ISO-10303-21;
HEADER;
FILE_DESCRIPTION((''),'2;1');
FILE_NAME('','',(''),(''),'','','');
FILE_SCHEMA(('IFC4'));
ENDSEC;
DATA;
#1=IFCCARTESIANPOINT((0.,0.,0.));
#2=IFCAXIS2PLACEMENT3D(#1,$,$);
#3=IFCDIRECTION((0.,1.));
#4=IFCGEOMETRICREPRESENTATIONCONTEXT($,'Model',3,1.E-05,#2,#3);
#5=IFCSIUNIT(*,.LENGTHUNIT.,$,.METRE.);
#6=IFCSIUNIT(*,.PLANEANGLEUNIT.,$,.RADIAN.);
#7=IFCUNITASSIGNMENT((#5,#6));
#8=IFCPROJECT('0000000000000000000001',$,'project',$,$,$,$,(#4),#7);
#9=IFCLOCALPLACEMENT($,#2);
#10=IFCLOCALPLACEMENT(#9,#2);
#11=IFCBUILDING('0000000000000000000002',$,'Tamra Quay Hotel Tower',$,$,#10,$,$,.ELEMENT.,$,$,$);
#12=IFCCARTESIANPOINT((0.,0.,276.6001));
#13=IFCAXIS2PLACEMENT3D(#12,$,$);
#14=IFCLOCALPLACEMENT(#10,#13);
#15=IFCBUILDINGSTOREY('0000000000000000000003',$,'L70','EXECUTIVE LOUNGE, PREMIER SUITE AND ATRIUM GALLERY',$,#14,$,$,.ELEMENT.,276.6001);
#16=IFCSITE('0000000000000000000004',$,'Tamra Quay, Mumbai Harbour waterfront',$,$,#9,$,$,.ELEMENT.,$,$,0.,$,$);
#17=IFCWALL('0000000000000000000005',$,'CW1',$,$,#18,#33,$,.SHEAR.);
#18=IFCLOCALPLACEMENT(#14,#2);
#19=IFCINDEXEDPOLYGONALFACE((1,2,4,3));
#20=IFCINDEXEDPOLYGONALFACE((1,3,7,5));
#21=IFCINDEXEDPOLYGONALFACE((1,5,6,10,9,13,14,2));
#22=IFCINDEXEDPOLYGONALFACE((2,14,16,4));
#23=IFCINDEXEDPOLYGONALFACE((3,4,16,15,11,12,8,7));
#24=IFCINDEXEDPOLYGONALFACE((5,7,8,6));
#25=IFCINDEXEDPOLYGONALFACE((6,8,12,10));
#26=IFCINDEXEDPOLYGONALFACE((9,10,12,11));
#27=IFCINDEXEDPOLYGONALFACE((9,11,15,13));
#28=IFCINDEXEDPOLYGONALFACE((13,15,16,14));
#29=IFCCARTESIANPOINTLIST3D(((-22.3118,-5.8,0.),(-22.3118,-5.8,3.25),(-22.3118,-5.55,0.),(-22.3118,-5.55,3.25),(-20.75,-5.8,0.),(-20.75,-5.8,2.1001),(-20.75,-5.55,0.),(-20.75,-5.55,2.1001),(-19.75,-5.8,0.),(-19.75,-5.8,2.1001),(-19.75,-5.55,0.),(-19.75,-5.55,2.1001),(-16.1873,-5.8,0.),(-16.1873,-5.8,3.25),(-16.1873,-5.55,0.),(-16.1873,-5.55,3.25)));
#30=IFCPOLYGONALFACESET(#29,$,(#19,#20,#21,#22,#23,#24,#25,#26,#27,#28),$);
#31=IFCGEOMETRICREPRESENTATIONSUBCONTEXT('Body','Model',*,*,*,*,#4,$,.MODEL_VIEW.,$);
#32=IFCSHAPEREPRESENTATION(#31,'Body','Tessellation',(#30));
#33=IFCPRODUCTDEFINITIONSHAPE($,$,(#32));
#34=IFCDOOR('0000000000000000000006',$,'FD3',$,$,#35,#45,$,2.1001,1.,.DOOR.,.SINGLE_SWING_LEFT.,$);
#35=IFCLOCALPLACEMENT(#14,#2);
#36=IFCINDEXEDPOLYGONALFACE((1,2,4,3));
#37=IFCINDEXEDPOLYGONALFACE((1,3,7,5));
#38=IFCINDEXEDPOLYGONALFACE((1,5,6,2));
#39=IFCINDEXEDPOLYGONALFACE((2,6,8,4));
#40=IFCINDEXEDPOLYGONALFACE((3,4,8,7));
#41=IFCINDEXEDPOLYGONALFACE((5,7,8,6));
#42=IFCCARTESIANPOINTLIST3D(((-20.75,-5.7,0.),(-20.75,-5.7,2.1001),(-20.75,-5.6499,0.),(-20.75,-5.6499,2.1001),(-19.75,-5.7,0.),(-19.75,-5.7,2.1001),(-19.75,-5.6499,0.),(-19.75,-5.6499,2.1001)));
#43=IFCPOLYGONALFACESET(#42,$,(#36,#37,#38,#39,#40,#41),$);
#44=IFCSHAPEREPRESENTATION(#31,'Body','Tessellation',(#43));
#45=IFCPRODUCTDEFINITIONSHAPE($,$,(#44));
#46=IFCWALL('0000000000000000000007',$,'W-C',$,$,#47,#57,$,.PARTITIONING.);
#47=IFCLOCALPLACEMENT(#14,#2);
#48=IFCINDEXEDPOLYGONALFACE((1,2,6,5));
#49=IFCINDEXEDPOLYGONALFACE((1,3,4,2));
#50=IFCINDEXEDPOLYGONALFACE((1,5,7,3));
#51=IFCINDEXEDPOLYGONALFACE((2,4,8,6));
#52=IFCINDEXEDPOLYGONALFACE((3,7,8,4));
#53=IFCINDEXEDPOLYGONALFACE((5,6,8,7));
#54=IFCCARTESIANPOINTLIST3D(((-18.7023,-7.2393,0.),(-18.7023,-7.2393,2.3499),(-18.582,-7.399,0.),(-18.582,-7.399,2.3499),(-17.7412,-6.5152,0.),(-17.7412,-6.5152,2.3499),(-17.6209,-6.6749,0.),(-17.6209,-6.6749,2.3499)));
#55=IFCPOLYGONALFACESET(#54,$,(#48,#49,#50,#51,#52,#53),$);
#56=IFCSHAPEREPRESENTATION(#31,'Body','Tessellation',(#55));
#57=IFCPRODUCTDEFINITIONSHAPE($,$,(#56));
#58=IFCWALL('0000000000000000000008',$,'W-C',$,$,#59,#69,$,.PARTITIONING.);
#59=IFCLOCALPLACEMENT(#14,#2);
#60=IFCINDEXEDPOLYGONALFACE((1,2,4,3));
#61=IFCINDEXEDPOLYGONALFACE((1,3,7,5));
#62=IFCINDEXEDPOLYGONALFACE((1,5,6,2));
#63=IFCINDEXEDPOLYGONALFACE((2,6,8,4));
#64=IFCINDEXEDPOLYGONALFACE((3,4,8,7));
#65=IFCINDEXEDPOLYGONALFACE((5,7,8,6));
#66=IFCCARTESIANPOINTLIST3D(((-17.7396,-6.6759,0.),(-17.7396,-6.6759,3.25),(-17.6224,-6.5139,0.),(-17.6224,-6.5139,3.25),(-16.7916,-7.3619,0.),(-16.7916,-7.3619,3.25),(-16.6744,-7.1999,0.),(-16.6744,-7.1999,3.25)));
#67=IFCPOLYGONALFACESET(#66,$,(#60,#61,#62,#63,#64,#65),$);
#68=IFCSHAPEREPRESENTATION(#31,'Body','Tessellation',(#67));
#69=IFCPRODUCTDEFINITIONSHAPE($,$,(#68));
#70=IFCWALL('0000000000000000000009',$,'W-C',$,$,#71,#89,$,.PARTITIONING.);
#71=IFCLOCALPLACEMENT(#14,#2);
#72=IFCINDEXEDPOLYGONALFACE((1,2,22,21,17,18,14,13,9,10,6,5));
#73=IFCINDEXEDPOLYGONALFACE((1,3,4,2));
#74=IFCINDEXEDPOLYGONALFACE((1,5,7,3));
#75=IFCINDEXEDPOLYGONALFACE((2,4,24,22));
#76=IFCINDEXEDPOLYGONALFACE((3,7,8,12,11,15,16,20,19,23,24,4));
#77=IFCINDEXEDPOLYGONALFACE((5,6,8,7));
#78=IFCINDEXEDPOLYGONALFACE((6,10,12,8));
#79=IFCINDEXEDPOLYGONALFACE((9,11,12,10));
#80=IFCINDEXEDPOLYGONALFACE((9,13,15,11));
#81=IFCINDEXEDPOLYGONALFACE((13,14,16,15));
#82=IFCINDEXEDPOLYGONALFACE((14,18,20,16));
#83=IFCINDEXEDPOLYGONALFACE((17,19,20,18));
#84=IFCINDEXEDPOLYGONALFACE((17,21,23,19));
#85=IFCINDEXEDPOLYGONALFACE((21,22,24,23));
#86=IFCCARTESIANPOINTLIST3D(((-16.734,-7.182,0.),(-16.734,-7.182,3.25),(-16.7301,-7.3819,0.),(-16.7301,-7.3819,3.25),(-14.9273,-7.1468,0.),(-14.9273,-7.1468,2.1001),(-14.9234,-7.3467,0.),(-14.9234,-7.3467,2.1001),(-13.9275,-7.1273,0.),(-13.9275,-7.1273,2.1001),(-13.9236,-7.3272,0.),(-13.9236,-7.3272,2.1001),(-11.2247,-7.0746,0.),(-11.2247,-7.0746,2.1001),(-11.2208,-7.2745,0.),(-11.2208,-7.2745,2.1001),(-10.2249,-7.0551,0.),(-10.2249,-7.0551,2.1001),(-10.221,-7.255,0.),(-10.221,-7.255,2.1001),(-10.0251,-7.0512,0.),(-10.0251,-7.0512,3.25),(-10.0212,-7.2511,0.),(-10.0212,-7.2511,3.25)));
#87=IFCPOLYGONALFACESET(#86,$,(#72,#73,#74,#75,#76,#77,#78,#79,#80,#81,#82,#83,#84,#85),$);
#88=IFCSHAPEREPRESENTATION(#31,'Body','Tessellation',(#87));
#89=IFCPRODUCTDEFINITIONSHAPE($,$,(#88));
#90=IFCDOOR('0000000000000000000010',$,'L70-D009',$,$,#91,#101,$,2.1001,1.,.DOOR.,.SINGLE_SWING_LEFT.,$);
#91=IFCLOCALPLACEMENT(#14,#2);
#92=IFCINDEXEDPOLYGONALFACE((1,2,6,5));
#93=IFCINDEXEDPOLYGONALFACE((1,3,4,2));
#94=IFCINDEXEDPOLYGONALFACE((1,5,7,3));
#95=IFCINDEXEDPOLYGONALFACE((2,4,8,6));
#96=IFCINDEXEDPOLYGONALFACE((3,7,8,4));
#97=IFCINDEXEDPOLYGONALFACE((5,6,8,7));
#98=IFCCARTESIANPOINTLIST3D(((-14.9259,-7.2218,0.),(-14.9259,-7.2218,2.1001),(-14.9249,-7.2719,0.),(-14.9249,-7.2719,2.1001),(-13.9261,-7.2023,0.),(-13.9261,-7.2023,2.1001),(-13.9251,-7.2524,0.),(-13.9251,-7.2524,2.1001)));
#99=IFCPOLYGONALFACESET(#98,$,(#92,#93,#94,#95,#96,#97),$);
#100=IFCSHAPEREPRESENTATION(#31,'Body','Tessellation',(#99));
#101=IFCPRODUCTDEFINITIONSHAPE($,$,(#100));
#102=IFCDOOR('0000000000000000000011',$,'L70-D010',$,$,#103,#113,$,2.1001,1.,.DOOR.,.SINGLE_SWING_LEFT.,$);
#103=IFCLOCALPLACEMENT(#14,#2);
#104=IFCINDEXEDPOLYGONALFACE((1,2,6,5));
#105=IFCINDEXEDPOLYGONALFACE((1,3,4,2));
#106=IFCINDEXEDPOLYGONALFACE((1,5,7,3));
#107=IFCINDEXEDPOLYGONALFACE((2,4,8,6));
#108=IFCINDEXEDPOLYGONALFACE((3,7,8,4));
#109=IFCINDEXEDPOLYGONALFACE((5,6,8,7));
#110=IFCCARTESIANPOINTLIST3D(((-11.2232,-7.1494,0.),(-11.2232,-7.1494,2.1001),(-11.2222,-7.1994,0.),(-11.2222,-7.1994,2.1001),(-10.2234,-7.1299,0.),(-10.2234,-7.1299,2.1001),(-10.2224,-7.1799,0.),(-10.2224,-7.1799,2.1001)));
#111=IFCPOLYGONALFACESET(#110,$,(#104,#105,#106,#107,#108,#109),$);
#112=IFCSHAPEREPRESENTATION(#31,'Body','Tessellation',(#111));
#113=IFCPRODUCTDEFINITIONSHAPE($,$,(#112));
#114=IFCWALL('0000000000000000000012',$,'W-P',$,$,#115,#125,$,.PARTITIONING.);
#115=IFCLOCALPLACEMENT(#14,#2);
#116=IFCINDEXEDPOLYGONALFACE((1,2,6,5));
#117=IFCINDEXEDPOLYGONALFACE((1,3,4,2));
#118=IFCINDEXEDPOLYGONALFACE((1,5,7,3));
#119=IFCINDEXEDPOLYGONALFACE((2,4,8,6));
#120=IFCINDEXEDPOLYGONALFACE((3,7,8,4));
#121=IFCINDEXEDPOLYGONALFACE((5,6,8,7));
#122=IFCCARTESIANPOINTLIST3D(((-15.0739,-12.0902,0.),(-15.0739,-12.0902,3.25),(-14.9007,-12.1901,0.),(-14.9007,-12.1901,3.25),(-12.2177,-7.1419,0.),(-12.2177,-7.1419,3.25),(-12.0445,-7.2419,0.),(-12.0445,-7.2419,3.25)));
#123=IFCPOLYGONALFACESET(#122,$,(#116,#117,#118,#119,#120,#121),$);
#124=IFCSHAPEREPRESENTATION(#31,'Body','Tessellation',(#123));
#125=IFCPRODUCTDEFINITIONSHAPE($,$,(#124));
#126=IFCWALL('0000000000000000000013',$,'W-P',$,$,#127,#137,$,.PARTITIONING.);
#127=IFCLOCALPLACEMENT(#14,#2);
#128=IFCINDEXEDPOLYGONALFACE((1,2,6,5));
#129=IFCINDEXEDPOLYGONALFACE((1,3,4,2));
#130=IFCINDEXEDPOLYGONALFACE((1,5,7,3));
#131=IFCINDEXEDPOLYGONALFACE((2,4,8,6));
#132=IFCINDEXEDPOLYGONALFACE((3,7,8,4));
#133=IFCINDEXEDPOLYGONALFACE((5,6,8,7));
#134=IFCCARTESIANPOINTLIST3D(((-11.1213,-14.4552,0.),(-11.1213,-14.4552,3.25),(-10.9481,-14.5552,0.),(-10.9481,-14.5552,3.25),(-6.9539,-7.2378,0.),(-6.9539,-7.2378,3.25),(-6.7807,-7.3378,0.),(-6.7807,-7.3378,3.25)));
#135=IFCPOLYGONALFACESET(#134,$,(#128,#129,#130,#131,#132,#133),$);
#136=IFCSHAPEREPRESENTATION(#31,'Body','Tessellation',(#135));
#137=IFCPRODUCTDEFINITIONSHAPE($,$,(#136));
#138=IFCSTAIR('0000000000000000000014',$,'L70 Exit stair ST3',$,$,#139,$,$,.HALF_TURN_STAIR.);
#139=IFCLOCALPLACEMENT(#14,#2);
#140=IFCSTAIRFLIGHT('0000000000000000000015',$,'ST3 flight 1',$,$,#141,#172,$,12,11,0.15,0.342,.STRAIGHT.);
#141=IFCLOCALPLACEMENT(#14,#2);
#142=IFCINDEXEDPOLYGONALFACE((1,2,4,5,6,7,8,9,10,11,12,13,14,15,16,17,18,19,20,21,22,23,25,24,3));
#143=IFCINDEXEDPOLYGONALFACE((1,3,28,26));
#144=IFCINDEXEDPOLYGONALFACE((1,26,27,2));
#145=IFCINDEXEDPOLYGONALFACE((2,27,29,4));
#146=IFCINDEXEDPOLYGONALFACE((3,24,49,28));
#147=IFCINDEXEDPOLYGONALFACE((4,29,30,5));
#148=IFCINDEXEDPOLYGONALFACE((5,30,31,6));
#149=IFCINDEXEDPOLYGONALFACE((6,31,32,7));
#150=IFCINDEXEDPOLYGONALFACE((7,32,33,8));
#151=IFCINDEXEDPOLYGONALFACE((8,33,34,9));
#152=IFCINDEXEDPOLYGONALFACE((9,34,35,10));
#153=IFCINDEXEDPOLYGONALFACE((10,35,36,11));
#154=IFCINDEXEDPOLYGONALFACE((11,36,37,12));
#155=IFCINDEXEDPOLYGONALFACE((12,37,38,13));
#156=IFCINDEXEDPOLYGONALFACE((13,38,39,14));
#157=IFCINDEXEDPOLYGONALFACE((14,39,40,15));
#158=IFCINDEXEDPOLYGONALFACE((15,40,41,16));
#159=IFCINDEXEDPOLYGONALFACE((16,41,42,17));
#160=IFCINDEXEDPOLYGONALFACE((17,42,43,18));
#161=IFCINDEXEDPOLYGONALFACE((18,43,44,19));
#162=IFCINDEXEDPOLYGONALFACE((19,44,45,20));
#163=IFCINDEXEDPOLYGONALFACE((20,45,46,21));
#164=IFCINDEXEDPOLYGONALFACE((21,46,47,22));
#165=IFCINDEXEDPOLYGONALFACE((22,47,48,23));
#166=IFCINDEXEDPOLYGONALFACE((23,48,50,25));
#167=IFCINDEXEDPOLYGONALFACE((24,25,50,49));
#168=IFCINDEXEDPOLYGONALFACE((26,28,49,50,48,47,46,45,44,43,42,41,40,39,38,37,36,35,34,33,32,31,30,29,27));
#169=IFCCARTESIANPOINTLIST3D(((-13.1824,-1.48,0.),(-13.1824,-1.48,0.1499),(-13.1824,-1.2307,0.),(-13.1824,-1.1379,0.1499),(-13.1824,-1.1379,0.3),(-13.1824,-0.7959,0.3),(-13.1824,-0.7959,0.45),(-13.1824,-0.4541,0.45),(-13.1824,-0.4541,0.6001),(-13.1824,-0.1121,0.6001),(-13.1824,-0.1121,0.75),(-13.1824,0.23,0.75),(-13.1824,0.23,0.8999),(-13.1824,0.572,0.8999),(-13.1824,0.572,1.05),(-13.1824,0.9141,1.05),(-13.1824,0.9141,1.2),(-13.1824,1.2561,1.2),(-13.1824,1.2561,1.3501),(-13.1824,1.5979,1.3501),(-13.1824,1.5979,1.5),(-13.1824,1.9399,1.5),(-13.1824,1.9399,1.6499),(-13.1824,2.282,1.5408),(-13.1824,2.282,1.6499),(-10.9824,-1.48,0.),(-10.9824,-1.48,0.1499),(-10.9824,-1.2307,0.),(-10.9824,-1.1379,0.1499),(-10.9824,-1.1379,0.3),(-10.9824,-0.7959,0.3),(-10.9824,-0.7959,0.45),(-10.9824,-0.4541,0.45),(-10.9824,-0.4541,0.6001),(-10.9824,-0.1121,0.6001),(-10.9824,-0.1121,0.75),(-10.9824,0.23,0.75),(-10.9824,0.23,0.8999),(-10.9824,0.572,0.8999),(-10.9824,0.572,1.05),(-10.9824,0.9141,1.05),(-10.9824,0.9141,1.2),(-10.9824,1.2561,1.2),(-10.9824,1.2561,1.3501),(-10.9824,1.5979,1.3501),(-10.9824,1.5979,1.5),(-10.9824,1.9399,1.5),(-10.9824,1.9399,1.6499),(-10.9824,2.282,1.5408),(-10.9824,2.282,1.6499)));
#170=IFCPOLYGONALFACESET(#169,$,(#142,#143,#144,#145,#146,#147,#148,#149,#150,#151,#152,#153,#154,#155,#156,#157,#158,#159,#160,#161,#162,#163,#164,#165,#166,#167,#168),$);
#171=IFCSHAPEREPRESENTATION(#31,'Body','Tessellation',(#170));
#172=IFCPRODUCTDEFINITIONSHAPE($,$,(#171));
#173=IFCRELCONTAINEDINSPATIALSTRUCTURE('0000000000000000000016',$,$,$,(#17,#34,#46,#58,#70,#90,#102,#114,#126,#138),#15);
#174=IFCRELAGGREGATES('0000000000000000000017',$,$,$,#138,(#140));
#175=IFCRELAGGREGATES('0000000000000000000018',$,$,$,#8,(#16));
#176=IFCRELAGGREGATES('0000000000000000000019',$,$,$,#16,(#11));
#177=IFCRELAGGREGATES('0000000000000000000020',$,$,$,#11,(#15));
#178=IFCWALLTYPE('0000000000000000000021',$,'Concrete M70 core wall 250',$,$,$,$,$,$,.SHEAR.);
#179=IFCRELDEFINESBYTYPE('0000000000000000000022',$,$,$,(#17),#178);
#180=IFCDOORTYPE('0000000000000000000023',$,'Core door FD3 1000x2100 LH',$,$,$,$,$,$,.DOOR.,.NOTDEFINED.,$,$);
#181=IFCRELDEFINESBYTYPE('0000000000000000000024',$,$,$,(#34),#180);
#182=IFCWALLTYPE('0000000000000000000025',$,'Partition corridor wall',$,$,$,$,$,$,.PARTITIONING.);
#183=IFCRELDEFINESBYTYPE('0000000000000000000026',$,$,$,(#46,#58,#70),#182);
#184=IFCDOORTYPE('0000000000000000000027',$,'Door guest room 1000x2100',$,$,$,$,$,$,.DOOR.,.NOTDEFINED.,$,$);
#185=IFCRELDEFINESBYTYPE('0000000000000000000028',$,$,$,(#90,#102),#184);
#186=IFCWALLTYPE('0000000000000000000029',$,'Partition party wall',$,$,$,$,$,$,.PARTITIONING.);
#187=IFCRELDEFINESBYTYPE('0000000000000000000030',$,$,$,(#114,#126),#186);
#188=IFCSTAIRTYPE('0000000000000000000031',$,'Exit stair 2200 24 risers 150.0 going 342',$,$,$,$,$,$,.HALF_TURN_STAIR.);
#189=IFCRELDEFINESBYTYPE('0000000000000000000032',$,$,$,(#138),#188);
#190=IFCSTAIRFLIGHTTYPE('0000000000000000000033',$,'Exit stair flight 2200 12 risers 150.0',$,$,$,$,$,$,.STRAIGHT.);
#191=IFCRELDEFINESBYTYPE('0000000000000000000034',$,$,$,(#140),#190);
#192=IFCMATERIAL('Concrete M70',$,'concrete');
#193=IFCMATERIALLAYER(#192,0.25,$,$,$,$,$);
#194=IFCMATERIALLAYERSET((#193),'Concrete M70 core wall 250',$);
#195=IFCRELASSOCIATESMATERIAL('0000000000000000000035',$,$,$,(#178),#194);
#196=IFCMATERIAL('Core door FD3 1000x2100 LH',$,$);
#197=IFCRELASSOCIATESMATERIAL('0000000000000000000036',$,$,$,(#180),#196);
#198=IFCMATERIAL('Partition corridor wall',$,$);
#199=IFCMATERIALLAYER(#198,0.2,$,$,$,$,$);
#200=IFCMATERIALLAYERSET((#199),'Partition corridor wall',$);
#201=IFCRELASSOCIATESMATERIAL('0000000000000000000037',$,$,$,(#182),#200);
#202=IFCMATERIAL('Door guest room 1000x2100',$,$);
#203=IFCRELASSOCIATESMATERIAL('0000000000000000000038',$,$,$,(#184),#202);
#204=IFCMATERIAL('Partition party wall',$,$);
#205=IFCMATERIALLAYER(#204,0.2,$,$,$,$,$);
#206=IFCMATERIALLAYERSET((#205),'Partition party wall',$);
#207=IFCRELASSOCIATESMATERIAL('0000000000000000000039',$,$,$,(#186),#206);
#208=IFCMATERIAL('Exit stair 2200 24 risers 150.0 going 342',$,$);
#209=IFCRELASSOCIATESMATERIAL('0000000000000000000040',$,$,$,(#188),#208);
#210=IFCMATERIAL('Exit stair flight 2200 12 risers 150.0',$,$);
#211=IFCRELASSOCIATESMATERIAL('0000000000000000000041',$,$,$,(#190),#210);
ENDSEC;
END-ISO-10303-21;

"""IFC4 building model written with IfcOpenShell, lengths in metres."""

from ifc_helpers import new_model, si_unit, direction, frame, frame_2d, origin, place, context, subcontext, project, spatial, polyline, rectangle, outline, extrude, material, layer, layer_set, type_object, element, fill, aggregate, save


model = new_model("IFC4")

# Units and contexts
model_context = context("Model", 3, precision=1e-05, world=origin(), true_north=direction((0.0, 1.0)))
body_context = subcontext(model_context, "Body", "Model", "MODEL_VIEW")
ifc_project = project(units=[si_unit("LENGTHUNIT", "METRE"), si_unit("PLANEANGLEUNIT", "RADIAN")], contexts=[model_context])

# Site, building, storey
site_placement = place(None, origin())
site = spatial("IfcSite", under=ifc_project, at=site_placement, Name="Tamra Quay, Mumbai Harbour waterfront", CompositionType="ELEMENT", RefElevation=0.0)
building_placement = place(site_placement, origin())
building = spatial("IfcBuilding", under=site, at=building_placement, Name="Tamra Quay Hotel Tower", CompositionType="ELEMENT")
storey_placement = place(building_placement, frame((0.0, 0.0, 276.6001)))
storey = spatial("IfcBuildingStorey", under=building, at=storey_placement, Name="L70", Description="EXECUTIVE LOUNGE, PREMIER SUITE AND ATRIUM GALLERY", CompositionType="ELEMENT", Elevation=276.6001)

# Shared definitions
ifc_material_1 = material(Name="Concrete M70", Category="concrete")

# Wall, opening, door
ifc_layer_1 = layer(ifc_material_1, 0.25)
ifc_layer_set_1 = layer_set([ifc_layer_1], Name="Concrete M70 core wall 250")
wall_type_1 = type_object("IfcWallType", Name="Concrete M70 core wall 250", PredefinedType="SHEAR", material=ifc_layer_set_1)
wall_1_placement = place(storey_placement, frame((-16.1873, -5.675, 0.0), z_axis=(0.0, 0.0, 1.0), x_axis=(-1.0, 0.0, 0.0)))
wall_1 = element("IfcWall", 1, at=wall_1_placement, inside=storey, type_object=wall_type_1, Name="CW1", PredefinedType="SHEAR", context=body_context, shape_type="SweptSolid", body=[
    extrude(rectangle(XDim=6.1245, YDim=0.25, at=frame_2d((3.0623, 0.0))), origin(), (0.0, 0.0, 1.0), 3.25),
])
opening_1_placement = place(wall_1_placement, frame((3.5627, 0.0, 0.0)))
opening_1 = element("IfcOpeningElement", 2, at=opening_1_placement, cuts=wall_1, PredefinedType="OPENING", context=body_context, shape_type="SweptSolid", body=[
    extrude(rectangle(XDim=1.0, YDim=2.1001, at=frame_2d((0.5, 1.05))), frame((0.0, 0.135, 0.0), z_axis=(0.0, -1.0, 0.0), x_axis=(1.0, 0.0, 0.0)), (0.0, 0.0, 1.0), 0.27),
])
ifc_material_2 = material(Name="Core door FD3 1000x2100 LH")
door_type_1 = type_object("IfcDoorType", Name="Core door FD3 1000x2100 LH", OperationType="NOTDEFINED", PredefinedType="DOOR", material=ifc_material_2)
door_1_placement = place(opening_1_placement, origin())
door_1 = element("IfcDoor", 3, at=door_1_placement, inside=storey, type_object=door_type_1, Name="FD3", OperationType="SINGLE_SWING_LEFT", OverallHeight=2.1001, OverallWidth=1.0, PredefinedType="DOOR", context=body_context, shape_type="SweptSolid", body=[
    extrude(rectangle(XDim=1.0, YDim=2.1001, at=frame_2d((0.5, 1.05))), frame((0.0, 0.0249, 0.0), z_axis=(0.0, -1.0, 0.0), x_axis=(1.0, 0.0, 0.0)), (0.0, 0.0, 1.0), 0.05),
])
fill(opening_1, door_1)

# Walls
ifc_material_3 = material(Name="Partition corridor wall")
ifc_layer_2 = layer(ifc_material_3, 0.2)
ifc_layer_set_2 = layer_set([ifc_layer_2], Name="Partition corridor wall")
wall_type_2 = type_object("IfcWallType", Name="Partition corridor wall", PredefinedType="PARTITIONING", material=ifc_layer_set_2)
wall_2_placement = place(storey_placement, frame((-18.6421, -7.3191, 0.0), z_axis=(0.0, 0.0, 1.0), x_axis=(0.798708, 0.601719, 0.0)))
element("IfcWall", 4, at=wall_2_placement, inside=storey, type_object=wall_type_2, Name="W-C", PredefinedType="PARTITIONING", context=body_context, shape_type="SweptSolid", body=[
    extrude(rectangle(XDim=1.2034, YDim=0.2, at=frame_2d((0.6016, 0.0))), origin(), (0.0, 0.0, 1.0), 2.3499),
])
wall_3_placement = place(storey_placement, frame((-17.6809, -6.595, 0.0), z_axis=(0.0, 0.0, 1.0), x_axis=(0.810123, -0.58626, 0.0)))
element("IfcWall", 5, at=wall_3_placement, inside=storey, type_object=wall_type_2, Name="W-C", PredefinedType="PARTITIONING", context=body_context, shape_type="SweptSolid", body=[
    extrude(rectangle(XDim=1.1702, YDim=0.2, at=frame_2d((0.585, 0.0))), origin(), (0.0, 0.0, 1.0), 3.25),
])

# Wall, openings, doors
wall_4_placement = place(storey_placement, frame((-16.7319, -7.282, 0.0), z_axis=(0.0, 0.0, 1.0), x_axis=(0.99981, 0.019501, 0.0)))
wall_4 = element("IfcWall", 6, at=wall_4_placement, inside=storey, type_object=wall_type_2, Name="W-C", PredefinedType="PARTITIONING", context=body_context, shape_type="SweptSolid", body=[
    extrude(rectangle(XDim=6.7102, YDim=0.2, at=frame_2d((3.355, 0.0))), origin(), (0.0, 0.0, 1.0), 3.25),
])
opening_2_placement = place(wall_4_placement, frame((1.8069, 0.0, 0.0)))
opening_2 = element("IfcOpeningElement", 7, at=opening_2_placement, cuts=wall_4, PredefinedType="OPENING", context=body_context, shape_type="SweptSolid", body=[
    extrude(rectangle(XDim=1.0, YDim=2.1001, at=frame_2d((0.5, 1.05))), frame((0.0, 0.1099, 0.0), z_axis=(0.0, -1.0, 0.0), x_axis=(1.0, 0.0, 0.0)), (0.0, 0.0, 1.0), 0.22),
])
opening_3_placement = place(wall_4_placement, frame((5.5103, 0.0, 0.0)))
opening_3 = element("IfcOpeningElement", 8, at=opening_3_placement, cuts=wall_4, PredefinedType="OPENING", context=body_context, shape_type="SweptSolid", body=[
    extrude(rectangle(XDim=1.0, YDim=2.1001, at=frame_2d((0.5, 1.05))), frame((0.0, 0.1099, 0.0), z_axis=(0.0, -1.0, 0.0), x_axis=(1.0, 0.0, 0.0)), (0.0, 0.0, 1.0), 0.22),
])
ifc_material_4 = material(Name="Door guest room 1000x2100")
door_type_2 = type_object("IfcDoorType", Name="Door guest room 1000x2100", OperationType="NOTDEFINED", PredefinedType="DOOR", material=ifc_material_4)
door_2_placement = place(opening_2_placement, origin())
door_2 = element("IfcDoor", 9, at=door_2_placement, inside=storey, type_object=door_type_2, Name="L70-D009", OperationType="SINGLE_SWING_LEFT", OverallHeight=2.1001, OverallWidth=1.0, PredefinedType="DOOR", context=body_context, shape_type="SweptSolid", body=[
    extrude(rectangle(XDim=1.0, YDim=2.1001, at=frame_2d((0.5, 1.05))), frame((0.0, 0.0249, 0.0), z_axis=(0.0, -1.0, 0.0), x_axis=(1.0, 0.0, 0.0)), (0.0, 0.0, 1.0), 0.05),
])
fill(opening_2, door_2)
door_3_placement = place(opening_3_placement, frame((1.0, 0.0, 0.0), z_axis=(0.0, 0.0, 1.0), x_axis=(-1.0, 0.0, 0.0)))
door_3 = element("IfcDoor", 10, at=door_3_placement, inside=storey, type_object=door_type_2, Name="L70-D010", OperationType="SINGLE_SWING_LEFT", OverallHeight=2.1001, OverallWidth=1.0, PredefinedType="DOOR", context=body_context, shape_type="SweptSolid", body=[
    extrude(rectangle(XDim=1.0, YDim=2.1001, at=frame_2d((0.5, 1.05))), frame((0.0, 0.0249, 0.0), z_axis=(0.0, -1.0, 0.0), x_axis=(1.0, 0.0, 0.0)), (0.0, 0.0, 1.0), 0.05),
])
fill(opening_3, door_3)

# Walls
ifc_material_5 = material(Name="Partition party wall")
ifc_layer_3 = layer(ifc_material_5, 0.2)
ifc_layer_set_3 = layer_set([ifc_layer_3], Name="Partition party wall")
wall_type_3 = type_object("IfcWallType", Name="Partition party wall", PredefinedType="PARTITIONING", material=ifc_layer_set_3)
wall_5_placement = place(storey_placement, frame((-14.9873, -12.1401, 0.0), z_axis=(0.0, 0.0, 1.0), x_axis=(0.499912, 0.866076, 0.0)))
element("IfcWall", 11, at=wall_5_placement, inside=storey, type_object=wall_type_3, Name="W-P", PredefinedType="PARTITIONING", context=body_context, shape_type="SweptSolid", body=[
    extrude(rectangle(XDim=5.7134, YDim=0.2, at=frame_2d((2.8567, 0.0))), origin(), (0.0, 0.0, 1.0), 3.25),
])
wall_6_placement = place(storey_placement, frame((-11.0347, -14.5051, 0.0), z_axis=(0.0, 0.0, 1.0), x_axis=(0.500039, 0.866003, 0.0)))
element("IfcWall", 12, at=wall_6_placement, inside=storey, type_object=wall_type_3, Name="W-P", PredefinedType="PARTITIONING", context=body_context, shape_type="SweptSolid", body=[
    extrude(rectangle(XDim=8.3342, YDim=0.2, at=frame_2d((4.167, 0.0))), origin(), (0.0, 0.0, 1.0), 3.25),
])

# Stair, stair flight
ifc_material_6 = material(Name="Exit stair 2200 24 risers 150.0 going 342")
stair_type = type_object("IfcStairType", Name="Exit stair 2200 24 risers 150.0 going 342", PredefinedType="HALF_TURN_STAIR", material=ifc_material_6)
stair_placement = place(storey_placement, origin())
stair = element("IfcStair", 13, at=stair_placement, inside=storey, type_object=stair_type, Name="L70 Exit stair ST3", PredefinedType="HALF_TURN_STAIR")
ifc_material_7 = material(Name="Exit stair flight 2200 12 risers 150.0")
stair_flight_type = type_object("IfcStairFlightType", Name="Exit stair flight 2200 12 risers 150.0", PredefinedType="STRAIGHT", material=ifc_material_7)
stair_flight_placement = place(storey_placement, frame((-12.0823, -1.48, 0.0), z_axis=(0.0, 0.0, 1.0), x_axis=(0.0, 1.0, 0.0)))
stair_flight = element("IfcStairFlight", 14, at=stair_flight_placement, type_object=stair_flight_type, Name="ST3 flight 1", NumberOfRisers=12, NumberOfTreads=11, PredefinedType="STRAIGHT", RiserHeight=0.15, TreadLength=0.342, context=body_context, shape_type="SweptSolid", body=[
    extrude(outline(polyline([(0.0, 0.0), (0.0, 0.1499), (0.342, 0.1499), (0.342, 0.3), (0.6841, 0.3), (0.6841, 0.45), (1.0259, 0.45), (1.0259, 0.6001), (1.3679, 0.6001), (1.3679, 0.75), (1.71, 0.75), (1.71, 0.8999), (2.052, 0.8999), (2.052, 1.05), (2.394, 1.05), (2.394, 1.2), (2.7361, 1.2), (2.7361, 1.3501), (3.0779, 1.3501), (3.0779, 1.5), (3.4199, 1.5), (3.4199, 1.6499), (3.762, 1.6499), (3.762, 1.8), (3.762, 1.5408), (0.2493, 0.0), (0.0, 0.0)])), frame((0.0, 1.1001, 0.0), z_axis=(0.0, -1.0, 0.0), x_axis=(1.0, 0.0, 0.0)), (0.0, 0.0, 1.0), 2.2),
])
aggregate(stair, [stair_flight])

save(model, "model.ifc")
